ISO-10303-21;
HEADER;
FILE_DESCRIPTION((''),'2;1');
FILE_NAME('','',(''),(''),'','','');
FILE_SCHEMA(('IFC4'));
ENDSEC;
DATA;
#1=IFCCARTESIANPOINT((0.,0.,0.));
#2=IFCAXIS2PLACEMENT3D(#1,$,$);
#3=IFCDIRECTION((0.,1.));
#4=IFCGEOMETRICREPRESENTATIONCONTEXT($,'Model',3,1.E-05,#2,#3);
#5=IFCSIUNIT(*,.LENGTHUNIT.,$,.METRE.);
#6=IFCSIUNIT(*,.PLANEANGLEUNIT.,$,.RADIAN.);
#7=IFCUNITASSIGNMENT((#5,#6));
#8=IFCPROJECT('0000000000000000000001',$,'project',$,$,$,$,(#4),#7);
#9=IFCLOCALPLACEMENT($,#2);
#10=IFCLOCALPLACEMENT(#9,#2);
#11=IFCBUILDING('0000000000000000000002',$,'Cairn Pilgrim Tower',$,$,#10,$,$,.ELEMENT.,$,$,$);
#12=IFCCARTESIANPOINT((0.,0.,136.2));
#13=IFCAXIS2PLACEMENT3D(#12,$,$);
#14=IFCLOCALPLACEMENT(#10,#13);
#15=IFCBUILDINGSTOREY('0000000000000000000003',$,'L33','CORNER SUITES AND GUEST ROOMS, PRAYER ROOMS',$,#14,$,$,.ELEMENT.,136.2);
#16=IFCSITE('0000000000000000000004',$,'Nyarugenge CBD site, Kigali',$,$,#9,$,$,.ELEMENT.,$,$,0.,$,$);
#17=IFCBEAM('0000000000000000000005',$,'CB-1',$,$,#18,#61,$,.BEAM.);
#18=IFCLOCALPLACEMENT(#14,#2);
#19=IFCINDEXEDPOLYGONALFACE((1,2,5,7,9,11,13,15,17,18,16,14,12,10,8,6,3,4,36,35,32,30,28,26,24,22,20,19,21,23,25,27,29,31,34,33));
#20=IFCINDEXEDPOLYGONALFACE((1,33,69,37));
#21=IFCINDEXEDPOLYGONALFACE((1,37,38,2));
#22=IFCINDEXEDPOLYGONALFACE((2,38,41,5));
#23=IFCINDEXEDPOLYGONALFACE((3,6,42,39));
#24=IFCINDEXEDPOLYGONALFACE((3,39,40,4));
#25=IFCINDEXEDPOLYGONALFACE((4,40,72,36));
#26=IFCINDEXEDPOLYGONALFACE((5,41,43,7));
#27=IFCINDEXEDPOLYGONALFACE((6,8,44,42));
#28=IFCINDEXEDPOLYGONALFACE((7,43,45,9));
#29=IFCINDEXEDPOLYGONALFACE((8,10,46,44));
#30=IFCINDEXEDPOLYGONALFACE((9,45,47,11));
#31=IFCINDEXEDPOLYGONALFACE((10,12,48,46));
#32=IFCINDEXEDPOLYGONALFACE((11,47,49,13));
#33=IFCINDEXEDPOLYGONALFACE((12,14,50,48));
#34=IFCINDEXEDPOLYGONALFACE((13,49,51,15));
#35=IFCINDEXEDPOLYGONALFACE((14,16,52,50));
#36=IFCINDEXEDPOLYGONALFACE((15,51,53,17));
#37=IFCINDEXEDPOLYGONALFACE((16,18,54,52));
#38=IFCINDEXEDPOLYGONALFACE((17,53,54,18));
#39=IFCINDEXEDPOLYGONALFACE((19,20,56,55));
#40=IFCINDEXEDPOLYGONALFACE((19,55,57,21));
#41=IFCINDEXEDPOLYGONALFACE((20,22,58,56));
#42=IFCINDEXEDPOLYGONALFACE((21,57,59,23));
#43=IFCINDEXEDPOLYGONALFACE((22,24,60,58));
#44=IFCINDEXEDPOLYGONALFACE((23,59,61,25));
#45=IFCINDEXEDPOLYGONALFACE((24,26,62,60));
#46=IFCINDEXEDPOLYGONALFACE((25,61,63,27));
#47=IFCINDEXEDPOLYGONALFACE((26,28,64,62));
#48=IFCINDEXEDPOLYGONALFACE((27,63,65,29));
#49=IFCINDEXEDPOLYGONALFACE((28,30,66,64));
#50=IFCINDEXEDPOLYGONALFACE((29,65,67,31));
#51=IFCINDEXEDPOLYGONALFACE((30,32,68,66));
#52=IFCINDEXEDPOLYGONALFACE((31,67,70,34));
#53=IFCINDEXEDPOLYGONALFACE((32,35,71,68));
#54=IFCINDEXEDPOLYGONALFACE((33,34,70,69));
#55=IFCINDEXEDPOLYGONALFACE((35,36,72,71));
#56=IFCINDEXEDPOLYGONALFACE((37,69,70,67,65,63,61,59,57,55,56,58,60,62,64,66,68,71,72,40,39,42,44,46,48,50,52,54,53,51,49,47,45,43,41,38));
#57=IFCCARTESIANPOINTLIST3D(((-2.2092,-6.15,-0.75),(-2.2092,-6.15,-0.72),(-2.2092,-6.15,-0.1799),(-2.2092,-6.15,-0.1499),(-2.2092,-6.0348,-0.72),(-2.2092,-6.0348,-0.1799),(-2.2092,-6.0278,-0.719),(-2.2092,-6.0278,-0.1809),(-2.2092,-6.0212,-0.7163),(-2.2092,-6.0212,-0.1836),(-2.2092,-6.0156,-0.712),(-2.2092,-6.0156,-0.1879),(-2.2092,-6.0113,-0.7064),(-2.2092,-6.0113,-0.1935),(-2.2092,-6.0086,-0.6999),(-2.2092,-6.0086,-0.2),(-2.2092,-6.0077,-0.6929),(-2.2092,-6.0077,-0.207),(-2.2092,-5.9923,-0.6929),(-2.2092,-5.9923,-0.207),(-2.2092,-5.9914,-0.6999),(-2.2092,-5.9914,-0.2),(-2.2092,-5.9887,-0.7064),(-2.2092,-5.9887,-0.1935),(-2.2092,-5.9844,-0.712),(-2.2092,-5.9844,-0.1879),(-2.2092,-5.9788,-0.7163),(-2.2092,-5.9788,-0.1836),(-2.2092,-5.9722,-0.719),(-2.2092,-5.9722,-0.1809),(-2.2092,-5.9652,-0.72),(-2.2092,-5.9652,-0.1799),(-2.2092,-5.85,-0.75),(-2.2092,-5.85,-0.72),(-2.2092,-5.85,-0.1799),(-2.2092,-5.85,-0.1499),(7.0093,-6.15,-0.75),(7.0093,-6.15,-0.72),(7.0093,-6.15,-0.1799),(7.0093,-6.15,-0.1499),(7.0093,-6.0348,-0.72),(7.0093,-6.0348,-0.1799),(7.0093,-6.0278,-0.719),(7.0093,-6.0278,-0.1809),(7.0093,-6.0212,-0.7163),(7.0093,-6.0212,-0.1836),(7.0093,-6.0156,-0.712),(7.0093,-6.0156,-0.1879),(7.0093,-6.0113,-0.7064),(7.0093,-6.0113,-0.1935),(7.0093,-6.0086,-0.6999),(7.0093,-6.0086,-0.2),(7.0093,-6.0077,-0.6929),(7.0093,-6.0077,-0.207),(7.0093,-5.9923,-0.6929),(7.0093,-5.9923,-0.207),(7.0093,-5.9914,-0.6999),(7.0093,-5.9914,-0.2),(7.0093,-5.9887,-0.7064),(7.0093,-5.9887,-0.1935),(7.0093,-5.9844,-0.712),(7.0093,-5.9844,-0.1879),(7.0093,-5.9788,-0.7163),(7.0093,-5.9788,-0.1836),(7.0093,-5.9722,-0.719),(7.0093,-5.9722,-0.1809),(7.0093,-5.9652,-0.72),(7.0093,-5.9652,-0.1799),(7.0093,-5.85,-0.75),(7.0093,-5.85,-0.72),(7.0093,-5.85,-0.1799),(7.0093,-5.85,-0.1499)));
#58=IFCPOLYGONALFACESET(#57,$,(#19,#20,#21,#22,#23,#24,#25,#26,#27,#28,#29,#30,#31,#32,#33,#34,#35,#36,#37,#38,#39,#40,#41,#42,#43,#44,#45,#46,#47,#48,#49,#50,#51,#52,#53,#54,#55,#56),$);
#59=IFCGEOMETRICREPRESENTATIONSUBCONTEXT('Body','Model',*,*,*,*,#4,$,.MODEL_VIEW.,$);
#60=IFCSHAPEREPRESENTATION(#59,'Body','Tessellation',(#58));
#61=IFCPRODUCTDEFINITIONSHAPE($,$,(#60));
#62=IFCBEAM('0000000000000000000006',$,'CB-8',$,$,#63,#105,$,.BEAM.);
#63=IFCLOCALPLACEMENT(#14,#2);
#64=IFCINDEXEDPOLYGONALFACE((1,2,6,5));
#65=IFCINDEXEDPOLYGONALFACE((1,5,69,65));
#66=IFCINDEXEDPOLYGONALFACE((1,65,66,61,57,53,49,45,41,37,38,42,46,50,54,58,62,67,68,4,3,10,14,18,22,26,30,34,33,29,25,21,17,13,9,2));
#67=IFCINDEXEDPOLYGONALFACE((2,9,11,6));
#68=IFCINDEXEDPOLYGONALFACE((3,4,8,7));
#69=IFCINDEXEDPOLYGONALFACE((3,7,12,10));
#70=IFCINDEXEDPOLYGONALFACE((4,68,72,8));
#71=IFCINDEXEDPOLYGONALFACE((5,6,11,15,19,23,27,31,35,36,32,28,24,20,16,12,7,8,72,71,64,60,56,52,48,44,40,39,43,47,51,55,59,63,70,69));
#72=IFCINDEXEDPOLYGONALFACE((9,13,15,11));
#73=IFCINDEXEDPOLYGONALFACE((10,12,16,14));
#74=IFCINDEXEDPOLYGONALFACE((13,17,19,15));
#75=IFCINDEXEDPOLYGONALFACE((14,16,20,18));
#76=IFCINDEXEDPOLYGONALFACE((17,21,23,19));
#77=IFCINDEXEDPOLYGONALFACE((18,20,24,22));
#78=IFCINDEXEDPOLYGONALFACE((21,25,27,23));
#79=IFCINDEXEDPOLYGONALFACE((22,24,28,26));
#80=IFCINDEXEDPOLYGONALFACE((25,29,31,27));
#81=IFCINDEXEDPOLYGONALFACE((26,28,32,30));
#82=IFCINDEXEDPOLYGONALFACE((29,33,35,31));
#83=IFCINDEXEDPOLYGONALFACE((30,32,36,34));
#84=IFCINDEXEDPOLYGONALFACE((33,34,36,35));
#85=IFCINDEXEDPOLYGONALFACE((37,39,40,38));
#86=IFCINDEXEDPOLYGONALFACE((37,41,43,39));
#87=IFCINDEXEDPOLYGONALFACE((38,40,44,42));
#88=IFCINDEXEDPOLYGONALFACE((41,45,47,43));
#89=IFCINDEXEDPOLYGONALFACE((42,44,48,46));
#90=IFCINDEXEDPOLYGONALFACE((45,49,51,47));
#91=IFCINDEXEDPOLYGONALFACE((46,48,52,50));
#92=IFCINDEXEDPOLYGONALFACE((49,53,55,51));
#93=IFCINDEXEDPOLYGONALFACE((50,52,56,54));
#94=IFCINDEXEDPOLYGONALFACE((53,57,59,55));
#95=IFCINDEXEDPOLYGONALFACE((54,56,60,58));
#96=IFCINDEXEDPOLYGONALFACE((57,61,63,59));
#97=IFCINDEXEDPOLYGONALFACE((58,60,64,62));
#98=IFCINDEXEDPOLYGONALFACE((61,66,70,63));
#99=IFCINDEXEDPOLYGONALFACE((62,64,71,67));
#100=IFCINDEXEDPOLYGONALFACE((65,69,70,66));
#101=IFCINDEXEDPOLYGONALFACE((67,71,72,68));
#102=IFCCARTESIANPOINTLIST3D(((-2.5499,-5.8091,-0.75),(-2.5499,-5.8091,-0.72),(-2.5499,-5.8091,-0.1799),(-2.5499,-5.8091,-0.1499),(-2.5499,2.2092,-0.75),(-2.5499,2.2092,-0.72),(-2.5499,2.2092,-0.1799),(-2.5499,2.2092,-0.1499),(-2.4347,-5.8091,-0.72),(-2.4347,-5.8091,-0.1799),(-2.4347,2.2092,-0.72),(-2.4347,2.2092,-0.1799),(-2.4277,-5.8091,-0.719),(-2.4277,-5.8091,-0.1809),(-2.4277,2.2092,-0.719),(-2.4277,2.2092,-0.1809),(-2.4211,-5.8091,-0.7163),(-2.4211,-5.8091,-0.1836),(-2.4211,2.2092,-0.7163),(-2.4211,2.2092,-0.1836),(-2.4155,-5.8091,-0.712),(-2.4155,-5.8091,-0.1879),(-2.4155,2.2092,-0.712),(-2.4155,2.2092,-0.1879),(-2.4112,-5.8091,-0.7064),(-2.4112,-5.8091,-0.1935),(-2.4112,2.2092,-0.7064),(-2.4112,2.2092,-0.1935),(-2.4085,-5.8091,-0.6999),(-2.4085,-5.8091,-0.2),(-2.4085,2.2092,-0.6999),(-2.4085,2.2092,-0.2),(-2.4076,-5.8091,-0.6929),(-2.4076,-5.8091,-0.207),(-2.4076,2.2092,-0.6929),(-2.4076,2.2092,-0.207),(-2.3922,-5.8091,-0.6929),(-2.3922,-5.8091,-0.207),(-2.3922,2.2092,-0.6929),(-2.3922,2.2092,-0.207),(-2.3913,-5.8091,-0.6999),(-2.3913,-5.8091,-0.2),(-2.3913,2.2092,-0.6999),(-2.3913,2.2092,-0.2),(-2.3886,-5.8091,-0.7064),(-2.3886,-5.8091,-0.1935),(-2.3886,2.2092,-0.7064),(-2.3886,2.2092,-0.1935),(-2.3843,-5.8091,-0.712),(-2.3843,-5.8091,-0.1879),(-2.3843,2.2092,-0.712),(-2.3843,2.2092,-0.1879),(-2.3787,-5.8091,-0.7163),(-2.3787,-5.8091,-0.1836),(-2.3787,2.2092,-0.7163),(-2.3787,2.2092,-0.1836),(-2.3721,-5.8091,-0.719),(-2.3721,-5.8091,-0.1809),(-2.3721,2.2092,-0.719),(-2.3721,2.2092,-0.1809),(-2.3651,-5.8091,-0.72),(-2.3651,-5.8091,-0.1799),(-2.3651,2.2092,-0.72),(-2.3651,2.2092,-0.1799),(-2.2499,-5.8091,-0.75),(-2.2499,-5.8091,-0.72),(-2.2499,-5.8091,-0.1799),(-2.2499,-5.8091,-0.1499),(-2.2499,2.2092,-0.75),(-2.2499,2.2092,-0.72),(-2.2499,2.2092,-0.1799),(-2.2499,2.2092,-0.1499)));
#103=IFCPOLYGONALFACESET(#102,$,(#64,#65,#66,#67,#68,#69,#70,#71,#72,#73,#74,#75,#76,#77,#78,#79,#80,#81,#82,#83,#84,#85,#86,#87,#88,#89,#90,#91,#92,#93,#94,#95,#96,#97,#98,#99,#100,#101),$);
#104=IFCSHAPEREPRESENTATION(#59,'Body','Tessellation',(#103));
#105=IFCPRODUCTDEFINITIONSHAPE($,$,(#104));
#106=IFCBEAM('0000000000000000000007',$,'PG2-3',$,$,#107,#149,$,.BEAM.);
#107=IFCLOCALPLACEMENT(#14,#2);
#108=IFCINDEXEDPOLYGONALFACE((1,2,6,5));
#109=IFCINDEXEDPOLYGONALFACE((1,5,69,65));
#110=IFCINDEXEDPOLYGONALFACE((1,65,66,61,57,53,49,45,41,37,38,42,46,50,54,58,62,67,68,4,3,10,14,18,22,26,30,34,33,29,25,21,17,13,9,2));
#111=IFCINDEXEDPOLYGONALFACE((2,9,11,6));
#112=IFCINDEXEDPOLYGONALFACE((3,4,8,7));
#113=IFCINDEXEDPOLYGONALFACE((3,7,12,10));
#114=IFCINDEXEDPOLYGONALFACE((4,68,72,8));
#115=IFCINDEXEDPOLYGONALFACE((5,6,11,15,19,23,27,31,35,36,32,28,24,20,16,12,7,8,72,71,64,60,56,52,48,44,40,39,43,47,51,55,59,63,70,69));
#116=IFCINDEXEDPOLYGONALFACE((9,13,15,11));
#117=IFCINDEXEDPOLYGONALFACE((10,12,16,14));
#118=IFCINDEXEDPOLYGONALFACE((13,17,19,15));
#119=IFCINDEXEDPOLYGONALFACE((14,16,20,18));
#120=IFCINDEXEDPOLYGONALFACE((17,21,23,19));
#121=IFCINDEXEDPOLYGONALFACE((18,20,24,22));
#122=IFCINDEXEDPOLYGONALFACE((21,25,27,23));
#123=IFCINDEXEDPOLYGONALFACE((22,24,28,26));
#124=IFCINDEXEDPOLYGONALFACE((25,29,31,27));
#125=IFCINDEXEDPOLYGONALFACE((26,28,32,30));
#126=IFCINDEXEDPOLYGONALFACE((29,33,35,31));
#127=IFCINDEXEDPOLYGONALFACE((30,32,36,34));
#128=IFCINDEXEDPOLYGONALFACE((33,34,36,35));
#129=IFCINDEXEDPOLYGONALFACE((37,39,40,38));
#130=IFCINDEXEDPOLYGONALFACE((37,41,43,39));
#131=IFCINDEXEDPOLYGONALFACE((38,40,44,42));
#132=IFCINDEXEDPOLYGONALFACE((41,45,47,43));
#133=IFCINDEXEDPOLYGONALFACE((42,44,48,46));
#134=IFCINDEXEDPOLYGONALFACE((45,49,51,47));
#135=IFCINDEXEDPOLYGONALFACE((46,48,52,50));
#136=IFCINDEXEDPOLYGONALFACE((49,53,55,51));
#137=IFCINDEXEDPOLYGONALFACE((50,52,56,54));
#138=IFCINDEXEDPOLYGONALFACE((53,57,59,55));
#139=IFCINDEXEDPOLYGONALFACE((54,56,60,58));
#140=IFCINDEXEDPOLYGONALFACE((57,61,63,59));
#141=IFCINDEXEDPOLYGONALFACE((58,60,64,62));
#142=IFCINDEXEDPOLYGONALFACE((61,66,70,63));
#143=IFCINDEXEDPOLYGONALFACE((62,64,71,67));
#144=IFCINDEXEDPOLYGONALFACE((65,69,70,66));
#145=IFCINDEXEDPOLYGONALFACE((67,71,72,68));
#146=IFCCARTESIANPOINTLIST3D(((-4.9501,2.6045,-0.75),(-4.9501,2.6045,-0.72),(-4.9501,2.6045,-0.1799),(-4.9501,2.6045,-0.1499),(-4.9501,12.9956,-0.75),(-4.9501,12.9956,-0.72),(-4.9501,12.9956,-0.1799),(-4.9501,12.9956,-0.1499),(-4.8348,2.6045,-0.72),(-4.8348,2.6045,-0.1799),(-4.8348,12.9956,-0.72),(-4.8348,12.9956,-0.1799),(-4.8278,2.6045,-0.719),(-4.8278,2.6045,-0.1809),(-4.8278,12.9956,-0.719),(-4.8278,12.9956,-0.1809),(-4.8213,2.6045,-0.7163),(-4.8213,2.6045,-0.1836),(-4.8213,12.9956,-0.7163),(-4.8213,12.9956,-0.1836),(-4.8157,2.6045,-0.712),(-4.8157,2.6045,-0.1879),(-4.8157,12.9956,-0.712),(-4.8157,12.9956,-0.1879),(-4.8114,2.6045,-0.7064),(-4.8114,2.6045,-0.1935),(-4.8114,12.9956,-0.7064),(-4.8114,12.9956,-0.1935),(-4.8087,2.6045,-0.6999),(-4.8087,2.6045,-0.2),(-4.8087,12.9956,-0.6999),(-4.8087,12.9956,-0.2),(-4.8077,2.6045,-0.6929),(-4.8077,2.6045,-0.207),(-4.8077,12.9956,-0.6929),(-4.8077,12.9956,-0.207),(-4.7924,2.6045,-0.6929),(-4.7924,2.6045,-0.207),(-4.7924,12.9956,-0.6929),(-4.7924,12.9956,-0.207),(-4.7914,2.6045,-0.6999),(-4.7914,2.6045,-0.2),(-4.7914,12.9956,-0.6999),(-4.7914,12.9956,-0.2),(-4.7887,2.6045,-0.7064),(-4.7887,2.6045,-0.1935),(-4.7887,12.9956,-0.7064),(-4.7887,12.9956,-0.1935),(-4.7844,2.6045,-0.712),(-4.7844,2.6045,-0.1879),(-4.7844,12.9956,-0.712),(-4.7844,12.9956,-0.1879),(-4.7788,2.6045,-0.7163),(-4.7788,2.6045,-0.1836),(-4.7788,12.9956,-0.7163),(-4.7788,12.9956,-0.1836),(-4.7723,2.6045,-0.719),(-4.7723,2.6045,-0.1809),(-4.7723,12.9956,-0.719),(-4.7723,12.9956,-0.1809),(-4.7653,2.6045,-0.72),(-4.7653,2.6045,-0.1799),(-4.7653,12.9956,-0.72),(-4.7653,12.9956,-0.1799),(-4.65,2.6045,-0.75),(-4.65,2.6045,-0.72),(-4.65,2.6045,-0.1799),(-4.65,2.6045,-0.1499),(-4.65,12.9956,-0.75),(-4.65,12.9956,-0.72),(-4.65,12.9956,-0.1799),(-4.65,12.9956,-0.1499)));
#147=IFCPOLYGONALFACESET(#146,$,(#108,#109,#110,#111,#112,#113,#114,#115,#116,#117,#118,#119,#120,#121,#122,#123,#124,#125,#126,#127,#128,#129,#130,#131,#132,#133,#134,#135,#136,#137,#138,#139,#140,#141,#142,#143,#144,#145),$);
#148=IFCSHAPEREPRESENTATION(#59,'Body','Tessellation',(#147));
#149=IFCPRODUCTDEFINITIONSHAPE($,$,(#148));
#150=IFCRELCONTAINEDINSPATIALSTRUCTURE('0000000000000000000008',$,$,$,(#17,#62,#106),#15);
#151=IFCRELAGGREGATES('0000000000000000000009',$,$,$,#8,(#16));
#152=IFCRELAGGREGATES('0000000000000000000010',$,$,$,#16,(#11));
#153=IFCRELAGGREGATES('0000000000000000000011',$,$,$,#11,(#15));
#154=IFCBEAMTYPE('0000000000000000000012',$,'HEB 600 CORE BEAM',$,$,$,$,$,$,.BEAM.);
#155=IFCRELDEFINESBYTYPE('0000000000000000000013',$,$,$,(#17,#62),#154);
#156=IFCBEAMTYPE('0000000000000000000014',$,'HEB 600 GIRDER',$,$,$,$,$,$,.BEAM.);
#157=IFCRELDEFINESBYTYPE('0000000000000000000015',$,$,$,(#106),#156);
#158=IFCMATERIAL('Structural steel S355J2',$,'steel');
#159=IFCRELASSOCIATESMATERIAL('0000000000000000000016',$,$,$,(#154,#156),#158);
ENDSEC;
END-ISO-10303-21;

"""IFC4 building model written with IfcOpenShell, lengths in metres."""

from ifc_helpers import new_model, si_unit, direction, frame, origin, origin_2d, place, context, subcontext, project, spatial, i_section, extrude, material, material_profile, profile_set, type_object, element, save


model = new_model("IFC4")

# Units and contexts
model_context = context("Model", 3, precision=1e-05, world=origin(), true_north=direction((0.0, 1.0)))
body_context = subcontext(model_context, "Body", "Model", "MODEL_VIEW")
ifc_project = project(units=[si_unit("LENGTHUNIT", "METRE"), si_unit("PLANEANGLEUNIT", "RADIAN")], contexts=[model_context])

# Site, building, storey
site_placement = place(None, origin())
site = spatial("IfcSite", under=ifc_project, at=site_placement, Name="Nyarugenge CBD site, Kigali", CompositionType="ELEMENT", RefElevation=0.0)
building_placement = place(site_placement, origin())
building = spatial("IfcBuilding", under=site, at=building_placement, Name="Cairn Pilgrim Tower", CompositionType="ELEMENT")
storey_placement = place(building_placement, frame((0.0, 0.0, 136.2)))
storey = spatial("IfcBuildingStorey", under=building, at=storey_placement, Name="L33", Description="CORNER SUITES AND GUEST ROOMS, PRAYER ROOMS", CompositionType="ELEMENT", Elevation=136.2)

# Beams
ifc_material_1 = material(Name="Structural steel S355J2", Category="steel")
ifc_material_profile_1 = material_profile(ifc_material_1, i_section(OverallWidth=0.3, OverallDepth=0.6001, WebThickness=0.0154, FlangeThickness=0.03, FilletRadius=0.0271, at=origin_2d()), Name="HEB 600")
ifc_profile_set_1 = profile_set([ifc_material_profile_1], Name="Structural steel S355J2")
beam_type_1 = type_object("IfcBeamType", Name="HEB 600 CORE BEAM", PredefinedType="BEAM", material=ifc_profile_set_1)
beam_1_placement = place(storey_placement, frame((-2.2092, -6.0, -0.45), z_axis=(1.0, 0.0, 0.0), x_axis=(0.0, 1.0, 0.0)))
element("IfcBeam", 1, at=beam_1_placement, inside=storey, type_object=beam_type_1, Name="CB-1", PredefinedType="BEAM", context=body_context, shape_type="SweptSolid", body=[
    extrude(i_section(OverallWidth=0.3, OverallDepth=0.6001, WebThickness=0.0154, FlangeThickness=0.03, FilletRadius=0.0271, at=origin_2d()), origin(), (0.0, 0.0, 1.0), 9.2185),
])
beam_2_placement = place(storey_placement, frame((-2.3999, 2.2092, -0.45), z_axis=(0.0, -1.0, 0.0), x_axis=(1.0, 0.0, 0.0)))
element("IfcBeam", 2, at=beam_2_placement, inside=storey, type_object=beam_type_1, Name="CB-8", PredefinedType="BEAM", context=body_context, shape_type="SweptSolid", body=[
    extrude(i_section(OverallWidth=0.3, OverallDepth=0.6001, WebThickness=0.0154, FlangeThickness=0.03, FilletRadius=0.0271, at=origin_2d()), origin(), (0.0, 0.0, 1.0), 8.0183),
])
ifc_material_profile_2 = material_profile(ifc_material_1, i_section(OverallWidth=0.3, OverallDepth=0.6001, WebThickness=0.0154, FlangeThickness=0.03, FilletRadius=0.0271, at=origin_2d()), Name="HEB 600")
ifc_profile_set_2 = profile_set([ifc_material_profile_2], Name="Structural steel S355J2")
beam_type_2 = type_object("IfcBeamType", Name="HEB 600 GIRDER", PredefinedType="BEAM", material=ifc_profile_set_2)
beam_3_placement = place(storey_placement, frame((-4.8, 2.6045, -0.45), z_axis=(0.0, 1.0, 0.0), x_axis=(-1.0, 0.0, 0.0)))
element("IfcBeam", 3, at=beam_3_placement, inside=storey, type_object=beam_type_2, Name="PG2-3", PredefinedType="BEAM", context=body_context, shape_type="SweptSolid", body=[
    extrude(i_section(OverallWidth=0.3, OverallDepth=0.6001, WebThickness=0.0154, FlangeThickness=0.03, FilletRadius=0.0271, at=origin_2d()), origin(), (0.0, 0.0, 1.0), 10.3911),
])

save(model, "model.ifc")
